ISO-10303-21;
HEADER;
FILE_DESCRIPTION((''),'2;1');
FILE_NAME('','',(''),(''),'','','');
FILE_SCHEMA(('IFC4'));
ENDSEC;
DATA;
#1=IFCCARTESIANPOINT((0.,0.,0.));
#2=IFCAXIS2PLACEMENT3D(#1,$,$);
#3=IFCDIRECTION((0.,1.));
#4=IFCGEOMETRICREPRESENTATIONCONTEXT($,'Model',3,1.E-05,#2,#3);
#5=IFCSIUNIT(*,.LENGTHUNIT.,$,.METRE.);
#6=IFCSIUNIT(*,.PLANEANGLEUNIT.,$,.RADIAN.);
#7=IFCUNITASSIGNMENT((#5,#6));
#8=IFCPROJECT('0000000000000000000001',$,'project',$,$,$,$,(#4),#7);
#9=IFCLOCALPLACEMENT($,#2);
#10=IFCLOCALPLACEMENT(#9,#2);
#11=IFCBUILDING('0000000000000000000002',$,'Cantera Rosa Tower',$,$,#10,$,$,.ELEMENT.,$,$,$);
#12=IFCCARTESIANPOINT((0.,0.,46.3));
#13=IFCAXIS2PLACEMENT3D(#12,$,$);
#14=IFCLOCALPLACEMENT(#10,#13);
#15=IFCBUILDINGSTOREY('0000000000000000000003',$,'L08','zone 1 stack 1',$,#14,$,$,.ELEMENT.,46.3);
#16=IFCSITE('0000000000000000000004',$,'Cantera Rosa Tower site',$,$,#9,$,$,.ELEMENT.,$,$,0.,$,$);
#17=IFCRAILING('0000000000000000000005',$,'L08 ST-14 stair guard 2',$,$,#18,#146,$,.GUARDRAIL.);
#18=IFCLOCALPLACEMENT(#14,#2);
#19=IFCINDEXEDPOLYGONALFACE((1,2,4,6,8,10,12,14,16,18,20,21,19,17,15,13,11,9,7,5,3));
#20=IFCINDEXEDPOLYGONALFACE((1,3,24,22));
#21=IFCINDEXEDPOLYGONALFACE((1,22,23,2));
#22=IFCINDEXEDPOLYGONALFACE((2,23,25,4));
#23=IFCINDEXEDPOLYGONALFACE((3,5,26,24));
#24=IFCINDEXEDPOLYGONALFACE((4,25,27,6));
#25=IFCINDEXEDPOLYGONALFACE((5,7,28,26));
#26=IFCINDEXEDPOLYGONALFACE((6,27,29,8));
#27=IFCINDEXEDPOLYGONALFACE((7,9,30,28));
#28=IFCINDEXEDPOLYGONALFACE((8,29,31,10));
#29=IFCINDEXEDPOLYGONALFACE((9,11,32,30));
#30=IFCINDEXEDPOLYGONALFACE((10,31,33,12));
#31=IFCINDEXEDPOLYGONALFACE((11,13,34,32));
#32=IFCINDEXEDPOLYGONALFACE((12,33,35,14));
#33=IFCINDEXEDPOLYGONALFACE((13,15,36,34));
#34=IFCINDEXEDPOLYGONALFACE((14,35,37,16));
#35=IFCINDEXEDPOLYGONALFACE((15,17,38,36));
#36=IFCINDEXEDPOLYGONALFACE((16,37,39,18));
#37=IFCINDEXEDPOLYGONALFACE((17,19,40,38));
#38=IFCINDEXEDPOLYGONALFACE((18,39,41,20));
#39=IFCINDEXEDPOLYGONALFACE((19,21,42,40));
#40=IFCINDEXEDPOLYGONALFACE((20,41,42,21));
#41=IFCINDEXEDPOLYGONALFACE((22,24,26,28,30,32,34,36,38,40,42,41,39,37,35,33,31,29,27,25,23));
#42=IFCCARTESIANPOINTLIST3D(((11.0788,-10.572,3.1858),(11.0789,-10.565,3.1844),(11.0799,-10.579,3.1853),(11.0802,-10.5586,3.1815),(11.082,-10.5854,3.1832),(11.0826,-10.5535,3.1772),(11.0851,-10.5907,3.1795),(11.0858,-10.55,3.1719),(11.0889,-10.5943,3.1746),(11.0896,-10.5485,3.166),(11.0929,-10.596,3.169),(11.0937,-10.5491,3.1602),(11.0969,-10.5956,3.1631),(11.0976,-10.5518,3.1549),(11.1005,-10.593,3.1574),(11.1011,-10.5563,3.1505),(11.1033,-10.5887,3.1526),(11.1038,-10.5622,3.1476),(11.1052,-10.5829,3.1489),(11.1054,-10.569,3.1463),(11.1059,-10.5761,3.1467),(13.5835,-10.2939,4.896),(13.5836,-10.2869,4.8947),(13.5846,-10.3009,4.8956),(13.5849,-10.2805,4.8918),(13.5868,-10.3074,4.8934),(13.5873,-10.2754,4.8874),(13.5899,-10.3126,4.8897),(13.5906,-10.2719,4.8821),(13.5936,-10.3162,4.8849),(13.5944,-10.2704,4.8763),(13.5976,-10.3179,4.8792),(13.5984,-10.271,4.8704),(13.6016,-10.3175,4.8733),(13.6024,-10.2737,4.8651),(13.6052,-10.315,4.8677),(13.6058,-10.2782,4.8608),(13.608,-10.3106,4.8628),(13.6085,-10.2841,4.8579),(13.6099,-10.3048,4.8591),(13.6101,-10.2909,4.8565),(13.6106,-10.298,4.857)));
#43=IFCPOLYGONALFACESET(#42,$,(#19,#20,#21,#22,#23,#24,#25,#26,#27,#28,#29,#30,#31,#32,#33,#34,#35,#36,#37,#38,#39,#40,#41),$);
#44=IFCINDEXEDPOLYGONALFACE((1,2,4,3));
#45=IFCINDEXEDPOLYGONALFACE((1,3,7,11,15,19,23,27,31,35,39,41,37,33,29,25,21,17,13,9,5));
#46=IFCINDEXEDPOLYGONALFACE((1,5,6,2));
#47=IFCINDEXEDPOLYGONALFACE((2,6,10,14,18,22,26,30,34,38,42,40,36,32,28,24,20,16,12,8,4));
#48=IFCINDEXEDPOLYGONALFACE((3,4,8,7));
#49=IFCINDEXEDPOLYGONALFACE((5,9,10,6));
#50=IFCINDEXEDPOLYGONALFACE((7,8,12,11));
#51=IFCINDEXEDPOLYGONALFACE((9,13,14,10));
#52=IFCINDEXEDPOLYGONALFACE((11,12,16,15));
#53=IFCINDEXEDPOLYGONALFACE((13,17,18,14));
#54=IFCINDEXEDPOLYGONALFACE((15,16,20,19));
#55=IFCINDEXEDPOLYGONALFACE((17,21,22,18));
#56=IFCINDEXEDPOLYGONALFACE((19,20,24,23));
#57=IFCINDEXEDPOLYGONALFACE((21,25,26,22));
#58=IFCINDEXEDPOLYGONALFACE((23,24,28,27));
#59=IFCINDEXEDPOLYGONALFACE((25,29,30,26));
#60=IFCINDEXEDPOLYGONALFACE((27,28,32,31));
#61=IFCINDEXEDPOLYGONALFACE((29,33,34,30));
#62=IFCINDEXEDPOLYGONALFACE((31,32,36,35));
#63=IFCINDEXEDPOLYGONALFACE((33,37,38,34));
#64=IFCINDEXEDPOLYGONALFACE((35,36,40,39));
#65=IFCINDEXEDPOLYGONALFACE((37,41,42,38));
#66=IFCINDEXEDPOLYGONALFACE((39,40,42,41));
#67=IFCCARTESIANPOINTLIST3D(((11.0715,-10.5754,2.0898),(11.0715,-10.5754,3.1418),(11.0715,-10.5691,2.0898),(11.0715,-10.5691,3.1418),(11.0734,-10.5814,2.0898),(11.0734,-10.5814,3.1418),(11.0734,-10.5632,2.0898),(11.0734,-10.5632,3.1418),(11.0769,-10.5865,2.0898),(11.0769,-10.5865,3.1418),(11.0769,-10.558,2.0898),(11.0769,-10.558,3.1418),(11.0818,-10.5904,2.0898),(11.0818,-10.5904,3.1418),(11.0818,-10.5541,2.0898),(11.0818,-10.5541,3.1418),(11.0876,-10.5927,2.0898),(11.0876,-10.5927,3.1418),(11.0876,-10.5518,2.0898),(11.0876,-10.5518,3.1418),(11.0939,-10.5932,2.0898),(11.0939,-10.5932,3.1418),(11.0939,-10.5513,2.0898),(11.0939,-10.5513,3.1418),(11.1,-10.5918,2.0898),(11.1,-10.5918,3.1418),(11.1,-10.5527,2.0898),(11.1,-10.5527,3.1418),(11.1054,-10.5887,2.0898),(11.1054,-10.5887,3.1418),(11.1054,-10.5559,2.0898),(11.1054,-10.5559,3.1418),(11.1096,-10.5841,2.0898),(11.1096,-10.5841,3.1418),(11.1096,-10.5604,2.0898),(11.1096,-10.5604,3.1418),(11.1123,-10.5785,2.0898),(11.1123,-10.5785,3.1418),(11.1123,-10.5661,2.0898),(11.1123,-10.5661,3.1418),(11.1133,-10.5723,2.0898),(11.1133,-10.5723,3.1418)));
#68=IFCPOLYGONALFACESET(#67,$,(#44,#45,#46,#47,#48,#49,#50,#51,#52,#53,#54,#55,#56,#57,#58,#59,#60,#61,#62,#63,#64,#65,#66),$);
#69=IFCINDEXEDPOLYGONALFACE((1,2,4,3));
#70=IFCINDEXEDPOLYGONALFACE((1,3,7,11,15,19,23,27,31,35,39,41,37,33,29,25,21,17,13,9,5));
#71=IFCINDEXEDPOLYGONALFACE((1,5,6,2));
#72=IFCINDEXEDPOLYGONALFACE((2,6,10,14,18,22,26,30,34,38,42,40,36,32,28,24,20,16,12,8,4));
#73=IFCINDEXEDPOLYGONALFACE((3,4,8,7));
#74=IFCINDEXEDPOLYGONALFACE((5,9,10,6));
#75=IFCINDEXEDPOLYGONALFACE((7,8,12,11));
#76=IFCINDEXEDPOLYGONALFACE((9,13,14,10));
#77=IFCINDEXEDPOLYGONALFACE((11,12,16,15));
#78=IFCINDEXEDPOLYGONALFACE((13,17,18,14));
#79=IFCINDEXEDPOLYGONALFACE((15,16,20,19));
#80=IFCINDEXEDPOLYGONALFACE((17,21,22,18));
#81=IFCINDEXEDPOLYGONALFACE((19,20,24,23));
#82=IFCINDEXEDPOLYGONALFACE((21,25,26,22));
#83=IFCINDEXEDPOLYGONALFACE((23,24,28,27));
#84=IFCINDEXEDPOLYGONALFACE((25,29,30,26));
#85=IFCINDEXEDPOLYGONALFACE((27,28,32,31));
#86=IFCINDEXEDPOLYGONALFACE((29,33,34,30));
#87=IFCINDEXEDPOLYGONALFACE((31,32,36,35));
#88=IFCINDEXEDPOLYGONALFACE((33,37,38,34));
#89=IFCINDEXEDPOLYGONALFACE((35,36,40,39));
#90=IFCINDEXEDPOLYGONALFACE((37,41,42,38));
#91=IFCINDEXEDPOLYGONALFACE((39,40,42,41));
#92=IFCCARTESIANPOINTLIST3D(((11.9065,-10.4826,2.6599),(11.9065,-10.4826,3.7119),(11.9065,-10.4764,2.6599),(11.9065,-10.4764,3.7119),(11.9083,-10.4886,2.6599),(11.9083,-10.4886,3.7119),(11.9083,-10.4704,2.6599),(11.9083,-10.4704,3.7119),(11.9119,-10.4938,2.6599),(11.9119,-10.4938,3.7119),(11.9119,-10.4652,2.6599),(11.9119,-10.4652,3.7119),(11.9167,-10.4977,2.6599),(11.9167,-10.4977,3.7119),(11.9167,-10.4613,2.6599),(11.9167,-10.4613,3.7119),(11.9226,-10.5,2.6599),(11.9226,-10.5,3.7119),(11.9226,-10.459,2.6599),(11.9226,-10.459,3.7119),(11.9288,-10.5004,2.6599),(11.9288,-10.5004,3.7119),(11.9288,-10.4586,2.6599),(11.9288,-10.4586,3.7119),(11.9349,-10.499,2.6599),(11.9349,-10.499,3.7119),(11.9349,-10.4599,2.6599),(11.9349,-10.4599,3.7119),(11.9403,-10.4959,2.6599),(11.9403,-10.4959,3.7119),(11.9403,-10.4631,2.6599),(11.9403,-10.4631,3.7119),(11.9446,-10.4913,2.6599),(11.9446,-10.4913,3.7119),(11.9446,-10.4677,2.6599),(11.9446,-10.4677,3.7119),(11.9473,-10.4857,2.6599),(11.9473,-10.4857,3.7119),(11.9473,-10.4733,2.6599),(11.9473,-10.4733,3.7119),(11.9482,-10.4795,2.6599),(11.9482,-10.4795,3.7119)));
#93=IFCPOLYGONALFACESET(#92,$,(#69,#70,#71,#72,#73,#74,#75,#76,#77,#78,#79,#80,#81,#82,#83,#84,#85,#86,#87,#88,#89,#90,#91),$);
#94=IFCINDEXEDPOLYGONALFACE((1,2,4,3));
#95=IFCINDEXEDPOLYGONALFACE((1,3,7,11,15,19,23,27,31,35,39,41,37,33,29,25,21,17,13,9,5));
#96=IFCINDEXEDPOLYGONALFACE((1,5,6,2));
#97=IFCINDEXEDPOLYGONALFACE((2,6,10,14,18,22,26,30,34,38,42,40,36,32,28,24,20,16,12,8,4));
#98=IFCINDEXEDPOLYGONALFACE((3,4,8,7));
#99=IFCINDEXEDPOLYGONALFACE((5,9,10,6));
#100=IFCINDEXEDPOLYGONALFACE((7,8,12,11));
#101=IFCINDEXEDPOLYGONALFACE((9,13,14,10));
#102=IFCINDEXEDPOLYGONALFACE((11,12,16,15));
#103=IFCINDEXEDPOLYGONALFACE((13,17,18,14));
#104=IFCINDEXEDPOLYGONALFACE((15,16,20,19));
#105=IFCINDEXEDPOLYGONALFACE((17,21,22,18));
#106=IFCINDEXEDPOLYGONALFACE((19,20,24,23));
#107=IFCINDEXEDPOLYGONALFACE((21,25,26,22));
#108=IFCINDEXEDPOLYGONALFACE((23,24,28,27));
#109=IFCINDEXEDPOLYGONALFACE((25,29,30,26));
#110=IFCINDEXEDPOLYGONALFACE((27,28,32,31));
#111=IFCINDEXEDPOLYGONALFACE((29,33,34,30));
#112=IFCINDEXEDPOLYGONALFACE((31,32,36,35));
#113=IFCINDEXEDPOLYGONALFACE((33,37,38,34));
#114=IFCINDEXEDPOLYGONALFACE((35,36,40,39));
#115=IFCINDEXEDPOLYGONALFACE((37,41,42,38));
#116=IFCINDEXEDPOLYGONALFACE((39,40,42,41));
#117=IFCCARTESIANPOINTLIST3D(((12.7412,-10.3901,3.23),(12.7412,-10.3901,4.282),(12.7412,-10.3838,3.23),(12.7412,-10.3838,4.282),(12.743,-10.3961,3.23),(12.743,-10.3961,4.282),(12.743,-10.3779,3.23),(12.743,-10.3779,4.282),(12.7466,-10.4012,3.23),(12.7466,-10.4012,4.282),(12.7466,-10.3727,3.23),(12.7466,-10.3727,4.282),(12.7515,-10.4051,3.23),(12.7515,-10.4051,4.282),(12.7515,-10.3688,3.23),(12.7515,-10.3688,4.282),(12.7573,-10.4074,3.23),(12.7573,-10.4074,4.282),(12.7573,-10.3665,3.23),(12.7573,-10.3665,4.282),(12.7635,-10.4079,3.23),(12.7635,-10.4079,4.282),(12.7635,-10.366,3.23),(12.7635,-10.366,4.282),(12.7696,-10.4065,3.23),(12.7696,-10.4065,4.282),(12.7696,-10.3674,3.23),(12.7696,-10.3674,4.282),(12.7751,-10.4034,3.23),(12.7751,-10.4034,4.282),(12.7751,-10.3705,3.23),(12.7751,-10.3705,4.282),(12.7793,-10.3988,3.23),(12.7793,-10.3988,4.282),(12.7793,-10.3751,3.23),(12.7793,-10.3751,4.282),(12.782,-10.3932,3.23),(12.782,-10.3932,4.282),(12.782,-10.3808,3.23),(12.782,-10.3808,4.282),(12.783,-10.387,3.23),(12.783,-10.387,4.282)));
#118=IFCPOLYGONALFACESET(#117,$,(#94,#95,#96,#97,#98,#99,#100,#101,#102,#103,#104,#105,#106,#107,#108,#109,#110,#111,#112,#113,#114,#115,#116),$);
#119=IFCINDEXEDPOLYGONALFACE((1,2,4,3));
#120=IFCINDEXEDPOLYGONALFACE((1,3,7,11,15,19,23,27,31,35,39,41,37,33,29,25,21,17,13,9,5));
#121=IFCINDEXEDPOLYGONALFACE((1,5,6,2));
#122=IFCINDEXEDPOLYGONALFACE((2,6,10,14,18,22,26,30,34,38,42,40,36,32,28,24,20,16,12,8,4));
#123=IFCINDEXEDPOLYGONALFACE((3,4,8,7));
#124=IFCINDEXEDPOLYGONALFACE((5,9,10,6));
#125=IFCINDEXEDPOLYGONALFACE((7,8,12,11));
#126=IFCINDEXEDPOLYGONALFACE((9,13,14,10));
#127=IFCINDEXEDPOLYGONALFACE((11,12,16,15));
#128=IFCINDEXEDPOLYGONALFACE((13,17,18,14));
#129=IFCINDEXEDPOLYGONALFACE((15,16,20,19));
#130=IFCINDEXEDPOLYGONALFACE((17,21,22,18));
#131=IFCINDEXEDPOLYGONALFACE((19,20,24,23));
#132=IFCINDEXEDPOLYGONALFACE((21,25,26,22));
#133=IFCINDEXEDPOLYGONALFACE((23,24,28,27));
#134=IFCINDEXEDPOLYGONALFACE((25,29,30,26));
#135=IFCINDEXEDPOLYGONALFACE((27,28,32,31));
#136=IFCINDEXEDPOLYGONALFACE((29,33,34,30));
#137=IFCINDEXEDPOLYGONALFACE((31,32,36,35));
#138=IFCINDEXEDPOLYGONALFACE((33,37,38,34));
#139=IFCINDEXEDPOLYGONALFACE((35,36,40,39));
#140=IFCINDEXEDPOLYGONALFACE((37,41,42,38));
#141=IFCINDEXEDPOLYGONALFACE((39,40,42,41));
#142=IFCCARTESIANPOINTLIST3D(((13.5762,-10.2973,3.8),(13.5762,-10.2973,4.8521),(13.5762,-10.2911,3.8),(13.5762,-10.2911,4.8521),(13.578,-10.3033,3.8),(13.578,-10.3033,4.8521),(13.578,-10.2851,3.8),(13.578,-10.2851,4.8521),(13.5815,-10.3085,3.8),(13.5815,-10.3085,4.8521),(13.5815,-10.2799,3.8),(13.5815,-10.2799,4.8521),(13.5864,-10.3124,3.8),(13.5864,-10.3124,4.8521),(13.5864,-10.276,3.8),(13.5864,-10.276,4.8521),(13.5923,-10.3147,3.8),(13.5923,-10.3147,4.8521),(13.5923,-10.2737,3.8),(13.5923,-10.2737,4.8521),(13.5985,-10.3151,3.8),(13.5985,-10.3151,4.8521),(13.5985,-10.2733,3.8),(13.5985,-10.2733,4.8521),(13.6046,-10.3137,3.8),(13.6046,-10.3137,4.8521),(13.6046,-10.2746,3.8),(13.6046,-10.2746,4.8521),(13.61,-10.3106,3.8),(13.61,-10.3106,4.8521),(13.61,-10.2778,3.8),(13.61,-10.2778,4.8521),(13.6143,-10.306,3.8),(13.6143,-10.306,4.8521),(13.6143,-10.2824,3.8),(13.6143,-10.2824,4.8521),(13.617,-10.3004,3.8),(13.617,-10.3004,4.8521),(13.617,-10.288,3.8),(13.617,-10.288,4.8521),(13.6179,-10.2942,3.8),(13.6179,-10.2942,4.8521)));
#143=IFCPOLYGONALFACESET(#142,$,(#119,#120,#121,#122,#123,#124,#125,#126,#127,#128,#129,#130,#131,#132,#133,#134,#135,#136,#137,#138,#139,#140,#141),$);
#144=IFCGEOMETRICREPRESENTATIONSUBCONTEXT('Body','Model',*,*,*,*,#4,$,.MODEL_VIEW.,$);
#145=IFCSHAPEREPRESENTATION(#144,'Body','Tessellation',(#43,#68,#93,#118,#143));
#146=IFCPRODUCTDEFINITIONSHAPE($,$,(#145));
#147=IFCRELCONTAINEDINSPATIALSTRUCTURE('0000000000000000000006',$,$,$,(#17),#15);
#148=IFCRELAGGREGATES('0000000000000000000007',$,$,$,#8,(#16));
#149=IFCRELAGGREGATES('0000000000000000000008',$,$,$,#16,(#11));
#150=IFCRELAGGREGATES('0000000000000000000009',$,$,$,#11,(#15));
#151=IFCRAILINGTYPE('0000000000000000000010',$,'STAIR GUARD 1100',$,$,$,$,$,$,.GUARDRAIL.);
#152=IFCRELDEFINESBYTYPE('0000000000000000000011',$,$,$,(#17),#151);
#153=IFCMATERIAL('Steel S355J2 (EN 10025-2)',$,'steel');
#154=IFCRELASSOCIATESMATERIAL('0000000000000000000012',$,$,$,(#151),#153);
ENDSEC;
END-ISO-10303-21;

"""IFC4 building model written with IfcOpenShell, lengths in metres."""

from ifc_helpers import new_model, si_unit, direction, frame, origin, origin_2d, place, context, subcontext, project, spatial, circle, extrude, material, type_object, element, save


model = new_model("IFC4")

# Units and contexts
model_context = context("Model", 3, precision=1e-05, world=origin(), true_north=direction((0.0, 1.0)))
body_context = subcontext(model_context, "Body", "Model", "MODEL_VIEW")
ifc_project = project(units=[si_unit("LENGTHUNIT", "METRE"), si_unit("PLANEANGLEUNIT", "RADIAN")], contexts=[model_context])

# Site, building, storey
site_placement = place(None, origin())
site = spatial("IfcSite", under=ifc_project, at=site_placement, Name="Cantera Rosa Tower site", CompositionType="ELEMENT", RefElevation=0.0)
building_placement = place(site_placement, origin())
building = spatial("IfcBuilding", under=site, at=building_placement, Name="Cantera Rosa Tower", CompositionType="ELEMENT")
storey_placement = place(building_placement, frame((0.0, 0.0, 46.3)))
storey = spatial("IfcBuildingStorey", under=building, at=storey_placement, Name="L08", Description="zone 1 stack 1", CompositionType="ELEMENT", Elevation=46.3)

# Railing
ifc_material_1 = material(Name="Steel S355J2 (EN 10025-2)", Category="steel")
railing_type_1 = type_object("IfcRailingType", Name="STAIR GUARD 1100", PredefinedType="GUARDRAIL", material=ifc_material_1)
railing_1_placement = place(storey_placement, frame((11.0923, -10.5723, 2.0898)))
element("IfcRailing", 1, at=railing_1_placement, inside=storey, type_object=railing_type_1, Name="L08 ST-14 stair guard 2", PredefinedType="GUARDRAIL", context=body_context, shape_type="SweptSolid", body=[
    extrude(circle(Radius=0.0239, at=origin_2d()), frame((0.0, 0.0, 1.0762), z_axis=(0.822394, 0.091306, 0.561543), x_axis=(-0.110346, 0.993893, 0.0)), (0.0, 0.0, 1.0), 3.0457),
    extrude(circle(Radius=0.021, at=origin_2d()), origin(), (0.0, 0.0, 1.0), 1.052),
    extrude(circle(Radius=0.021, at=origin_2d()), frame((0.835, 0.0928, 0.5701)), (0.0, 0.0, 1.0), 1.052),
    extrude(circle(Radius=0.021, at=origin_2d()), frame((1.6697, 0.1853, 1.1401)), (0.0, 0.0, 1.0), 1.052),
    extrude(circle(Radius=0.021, at=origin_2d()), frame((2.5046, 0.2781, 1.7102)), (0.0, 0.0, 1.0), 1.052),
])

save(model, "model.ifc")
